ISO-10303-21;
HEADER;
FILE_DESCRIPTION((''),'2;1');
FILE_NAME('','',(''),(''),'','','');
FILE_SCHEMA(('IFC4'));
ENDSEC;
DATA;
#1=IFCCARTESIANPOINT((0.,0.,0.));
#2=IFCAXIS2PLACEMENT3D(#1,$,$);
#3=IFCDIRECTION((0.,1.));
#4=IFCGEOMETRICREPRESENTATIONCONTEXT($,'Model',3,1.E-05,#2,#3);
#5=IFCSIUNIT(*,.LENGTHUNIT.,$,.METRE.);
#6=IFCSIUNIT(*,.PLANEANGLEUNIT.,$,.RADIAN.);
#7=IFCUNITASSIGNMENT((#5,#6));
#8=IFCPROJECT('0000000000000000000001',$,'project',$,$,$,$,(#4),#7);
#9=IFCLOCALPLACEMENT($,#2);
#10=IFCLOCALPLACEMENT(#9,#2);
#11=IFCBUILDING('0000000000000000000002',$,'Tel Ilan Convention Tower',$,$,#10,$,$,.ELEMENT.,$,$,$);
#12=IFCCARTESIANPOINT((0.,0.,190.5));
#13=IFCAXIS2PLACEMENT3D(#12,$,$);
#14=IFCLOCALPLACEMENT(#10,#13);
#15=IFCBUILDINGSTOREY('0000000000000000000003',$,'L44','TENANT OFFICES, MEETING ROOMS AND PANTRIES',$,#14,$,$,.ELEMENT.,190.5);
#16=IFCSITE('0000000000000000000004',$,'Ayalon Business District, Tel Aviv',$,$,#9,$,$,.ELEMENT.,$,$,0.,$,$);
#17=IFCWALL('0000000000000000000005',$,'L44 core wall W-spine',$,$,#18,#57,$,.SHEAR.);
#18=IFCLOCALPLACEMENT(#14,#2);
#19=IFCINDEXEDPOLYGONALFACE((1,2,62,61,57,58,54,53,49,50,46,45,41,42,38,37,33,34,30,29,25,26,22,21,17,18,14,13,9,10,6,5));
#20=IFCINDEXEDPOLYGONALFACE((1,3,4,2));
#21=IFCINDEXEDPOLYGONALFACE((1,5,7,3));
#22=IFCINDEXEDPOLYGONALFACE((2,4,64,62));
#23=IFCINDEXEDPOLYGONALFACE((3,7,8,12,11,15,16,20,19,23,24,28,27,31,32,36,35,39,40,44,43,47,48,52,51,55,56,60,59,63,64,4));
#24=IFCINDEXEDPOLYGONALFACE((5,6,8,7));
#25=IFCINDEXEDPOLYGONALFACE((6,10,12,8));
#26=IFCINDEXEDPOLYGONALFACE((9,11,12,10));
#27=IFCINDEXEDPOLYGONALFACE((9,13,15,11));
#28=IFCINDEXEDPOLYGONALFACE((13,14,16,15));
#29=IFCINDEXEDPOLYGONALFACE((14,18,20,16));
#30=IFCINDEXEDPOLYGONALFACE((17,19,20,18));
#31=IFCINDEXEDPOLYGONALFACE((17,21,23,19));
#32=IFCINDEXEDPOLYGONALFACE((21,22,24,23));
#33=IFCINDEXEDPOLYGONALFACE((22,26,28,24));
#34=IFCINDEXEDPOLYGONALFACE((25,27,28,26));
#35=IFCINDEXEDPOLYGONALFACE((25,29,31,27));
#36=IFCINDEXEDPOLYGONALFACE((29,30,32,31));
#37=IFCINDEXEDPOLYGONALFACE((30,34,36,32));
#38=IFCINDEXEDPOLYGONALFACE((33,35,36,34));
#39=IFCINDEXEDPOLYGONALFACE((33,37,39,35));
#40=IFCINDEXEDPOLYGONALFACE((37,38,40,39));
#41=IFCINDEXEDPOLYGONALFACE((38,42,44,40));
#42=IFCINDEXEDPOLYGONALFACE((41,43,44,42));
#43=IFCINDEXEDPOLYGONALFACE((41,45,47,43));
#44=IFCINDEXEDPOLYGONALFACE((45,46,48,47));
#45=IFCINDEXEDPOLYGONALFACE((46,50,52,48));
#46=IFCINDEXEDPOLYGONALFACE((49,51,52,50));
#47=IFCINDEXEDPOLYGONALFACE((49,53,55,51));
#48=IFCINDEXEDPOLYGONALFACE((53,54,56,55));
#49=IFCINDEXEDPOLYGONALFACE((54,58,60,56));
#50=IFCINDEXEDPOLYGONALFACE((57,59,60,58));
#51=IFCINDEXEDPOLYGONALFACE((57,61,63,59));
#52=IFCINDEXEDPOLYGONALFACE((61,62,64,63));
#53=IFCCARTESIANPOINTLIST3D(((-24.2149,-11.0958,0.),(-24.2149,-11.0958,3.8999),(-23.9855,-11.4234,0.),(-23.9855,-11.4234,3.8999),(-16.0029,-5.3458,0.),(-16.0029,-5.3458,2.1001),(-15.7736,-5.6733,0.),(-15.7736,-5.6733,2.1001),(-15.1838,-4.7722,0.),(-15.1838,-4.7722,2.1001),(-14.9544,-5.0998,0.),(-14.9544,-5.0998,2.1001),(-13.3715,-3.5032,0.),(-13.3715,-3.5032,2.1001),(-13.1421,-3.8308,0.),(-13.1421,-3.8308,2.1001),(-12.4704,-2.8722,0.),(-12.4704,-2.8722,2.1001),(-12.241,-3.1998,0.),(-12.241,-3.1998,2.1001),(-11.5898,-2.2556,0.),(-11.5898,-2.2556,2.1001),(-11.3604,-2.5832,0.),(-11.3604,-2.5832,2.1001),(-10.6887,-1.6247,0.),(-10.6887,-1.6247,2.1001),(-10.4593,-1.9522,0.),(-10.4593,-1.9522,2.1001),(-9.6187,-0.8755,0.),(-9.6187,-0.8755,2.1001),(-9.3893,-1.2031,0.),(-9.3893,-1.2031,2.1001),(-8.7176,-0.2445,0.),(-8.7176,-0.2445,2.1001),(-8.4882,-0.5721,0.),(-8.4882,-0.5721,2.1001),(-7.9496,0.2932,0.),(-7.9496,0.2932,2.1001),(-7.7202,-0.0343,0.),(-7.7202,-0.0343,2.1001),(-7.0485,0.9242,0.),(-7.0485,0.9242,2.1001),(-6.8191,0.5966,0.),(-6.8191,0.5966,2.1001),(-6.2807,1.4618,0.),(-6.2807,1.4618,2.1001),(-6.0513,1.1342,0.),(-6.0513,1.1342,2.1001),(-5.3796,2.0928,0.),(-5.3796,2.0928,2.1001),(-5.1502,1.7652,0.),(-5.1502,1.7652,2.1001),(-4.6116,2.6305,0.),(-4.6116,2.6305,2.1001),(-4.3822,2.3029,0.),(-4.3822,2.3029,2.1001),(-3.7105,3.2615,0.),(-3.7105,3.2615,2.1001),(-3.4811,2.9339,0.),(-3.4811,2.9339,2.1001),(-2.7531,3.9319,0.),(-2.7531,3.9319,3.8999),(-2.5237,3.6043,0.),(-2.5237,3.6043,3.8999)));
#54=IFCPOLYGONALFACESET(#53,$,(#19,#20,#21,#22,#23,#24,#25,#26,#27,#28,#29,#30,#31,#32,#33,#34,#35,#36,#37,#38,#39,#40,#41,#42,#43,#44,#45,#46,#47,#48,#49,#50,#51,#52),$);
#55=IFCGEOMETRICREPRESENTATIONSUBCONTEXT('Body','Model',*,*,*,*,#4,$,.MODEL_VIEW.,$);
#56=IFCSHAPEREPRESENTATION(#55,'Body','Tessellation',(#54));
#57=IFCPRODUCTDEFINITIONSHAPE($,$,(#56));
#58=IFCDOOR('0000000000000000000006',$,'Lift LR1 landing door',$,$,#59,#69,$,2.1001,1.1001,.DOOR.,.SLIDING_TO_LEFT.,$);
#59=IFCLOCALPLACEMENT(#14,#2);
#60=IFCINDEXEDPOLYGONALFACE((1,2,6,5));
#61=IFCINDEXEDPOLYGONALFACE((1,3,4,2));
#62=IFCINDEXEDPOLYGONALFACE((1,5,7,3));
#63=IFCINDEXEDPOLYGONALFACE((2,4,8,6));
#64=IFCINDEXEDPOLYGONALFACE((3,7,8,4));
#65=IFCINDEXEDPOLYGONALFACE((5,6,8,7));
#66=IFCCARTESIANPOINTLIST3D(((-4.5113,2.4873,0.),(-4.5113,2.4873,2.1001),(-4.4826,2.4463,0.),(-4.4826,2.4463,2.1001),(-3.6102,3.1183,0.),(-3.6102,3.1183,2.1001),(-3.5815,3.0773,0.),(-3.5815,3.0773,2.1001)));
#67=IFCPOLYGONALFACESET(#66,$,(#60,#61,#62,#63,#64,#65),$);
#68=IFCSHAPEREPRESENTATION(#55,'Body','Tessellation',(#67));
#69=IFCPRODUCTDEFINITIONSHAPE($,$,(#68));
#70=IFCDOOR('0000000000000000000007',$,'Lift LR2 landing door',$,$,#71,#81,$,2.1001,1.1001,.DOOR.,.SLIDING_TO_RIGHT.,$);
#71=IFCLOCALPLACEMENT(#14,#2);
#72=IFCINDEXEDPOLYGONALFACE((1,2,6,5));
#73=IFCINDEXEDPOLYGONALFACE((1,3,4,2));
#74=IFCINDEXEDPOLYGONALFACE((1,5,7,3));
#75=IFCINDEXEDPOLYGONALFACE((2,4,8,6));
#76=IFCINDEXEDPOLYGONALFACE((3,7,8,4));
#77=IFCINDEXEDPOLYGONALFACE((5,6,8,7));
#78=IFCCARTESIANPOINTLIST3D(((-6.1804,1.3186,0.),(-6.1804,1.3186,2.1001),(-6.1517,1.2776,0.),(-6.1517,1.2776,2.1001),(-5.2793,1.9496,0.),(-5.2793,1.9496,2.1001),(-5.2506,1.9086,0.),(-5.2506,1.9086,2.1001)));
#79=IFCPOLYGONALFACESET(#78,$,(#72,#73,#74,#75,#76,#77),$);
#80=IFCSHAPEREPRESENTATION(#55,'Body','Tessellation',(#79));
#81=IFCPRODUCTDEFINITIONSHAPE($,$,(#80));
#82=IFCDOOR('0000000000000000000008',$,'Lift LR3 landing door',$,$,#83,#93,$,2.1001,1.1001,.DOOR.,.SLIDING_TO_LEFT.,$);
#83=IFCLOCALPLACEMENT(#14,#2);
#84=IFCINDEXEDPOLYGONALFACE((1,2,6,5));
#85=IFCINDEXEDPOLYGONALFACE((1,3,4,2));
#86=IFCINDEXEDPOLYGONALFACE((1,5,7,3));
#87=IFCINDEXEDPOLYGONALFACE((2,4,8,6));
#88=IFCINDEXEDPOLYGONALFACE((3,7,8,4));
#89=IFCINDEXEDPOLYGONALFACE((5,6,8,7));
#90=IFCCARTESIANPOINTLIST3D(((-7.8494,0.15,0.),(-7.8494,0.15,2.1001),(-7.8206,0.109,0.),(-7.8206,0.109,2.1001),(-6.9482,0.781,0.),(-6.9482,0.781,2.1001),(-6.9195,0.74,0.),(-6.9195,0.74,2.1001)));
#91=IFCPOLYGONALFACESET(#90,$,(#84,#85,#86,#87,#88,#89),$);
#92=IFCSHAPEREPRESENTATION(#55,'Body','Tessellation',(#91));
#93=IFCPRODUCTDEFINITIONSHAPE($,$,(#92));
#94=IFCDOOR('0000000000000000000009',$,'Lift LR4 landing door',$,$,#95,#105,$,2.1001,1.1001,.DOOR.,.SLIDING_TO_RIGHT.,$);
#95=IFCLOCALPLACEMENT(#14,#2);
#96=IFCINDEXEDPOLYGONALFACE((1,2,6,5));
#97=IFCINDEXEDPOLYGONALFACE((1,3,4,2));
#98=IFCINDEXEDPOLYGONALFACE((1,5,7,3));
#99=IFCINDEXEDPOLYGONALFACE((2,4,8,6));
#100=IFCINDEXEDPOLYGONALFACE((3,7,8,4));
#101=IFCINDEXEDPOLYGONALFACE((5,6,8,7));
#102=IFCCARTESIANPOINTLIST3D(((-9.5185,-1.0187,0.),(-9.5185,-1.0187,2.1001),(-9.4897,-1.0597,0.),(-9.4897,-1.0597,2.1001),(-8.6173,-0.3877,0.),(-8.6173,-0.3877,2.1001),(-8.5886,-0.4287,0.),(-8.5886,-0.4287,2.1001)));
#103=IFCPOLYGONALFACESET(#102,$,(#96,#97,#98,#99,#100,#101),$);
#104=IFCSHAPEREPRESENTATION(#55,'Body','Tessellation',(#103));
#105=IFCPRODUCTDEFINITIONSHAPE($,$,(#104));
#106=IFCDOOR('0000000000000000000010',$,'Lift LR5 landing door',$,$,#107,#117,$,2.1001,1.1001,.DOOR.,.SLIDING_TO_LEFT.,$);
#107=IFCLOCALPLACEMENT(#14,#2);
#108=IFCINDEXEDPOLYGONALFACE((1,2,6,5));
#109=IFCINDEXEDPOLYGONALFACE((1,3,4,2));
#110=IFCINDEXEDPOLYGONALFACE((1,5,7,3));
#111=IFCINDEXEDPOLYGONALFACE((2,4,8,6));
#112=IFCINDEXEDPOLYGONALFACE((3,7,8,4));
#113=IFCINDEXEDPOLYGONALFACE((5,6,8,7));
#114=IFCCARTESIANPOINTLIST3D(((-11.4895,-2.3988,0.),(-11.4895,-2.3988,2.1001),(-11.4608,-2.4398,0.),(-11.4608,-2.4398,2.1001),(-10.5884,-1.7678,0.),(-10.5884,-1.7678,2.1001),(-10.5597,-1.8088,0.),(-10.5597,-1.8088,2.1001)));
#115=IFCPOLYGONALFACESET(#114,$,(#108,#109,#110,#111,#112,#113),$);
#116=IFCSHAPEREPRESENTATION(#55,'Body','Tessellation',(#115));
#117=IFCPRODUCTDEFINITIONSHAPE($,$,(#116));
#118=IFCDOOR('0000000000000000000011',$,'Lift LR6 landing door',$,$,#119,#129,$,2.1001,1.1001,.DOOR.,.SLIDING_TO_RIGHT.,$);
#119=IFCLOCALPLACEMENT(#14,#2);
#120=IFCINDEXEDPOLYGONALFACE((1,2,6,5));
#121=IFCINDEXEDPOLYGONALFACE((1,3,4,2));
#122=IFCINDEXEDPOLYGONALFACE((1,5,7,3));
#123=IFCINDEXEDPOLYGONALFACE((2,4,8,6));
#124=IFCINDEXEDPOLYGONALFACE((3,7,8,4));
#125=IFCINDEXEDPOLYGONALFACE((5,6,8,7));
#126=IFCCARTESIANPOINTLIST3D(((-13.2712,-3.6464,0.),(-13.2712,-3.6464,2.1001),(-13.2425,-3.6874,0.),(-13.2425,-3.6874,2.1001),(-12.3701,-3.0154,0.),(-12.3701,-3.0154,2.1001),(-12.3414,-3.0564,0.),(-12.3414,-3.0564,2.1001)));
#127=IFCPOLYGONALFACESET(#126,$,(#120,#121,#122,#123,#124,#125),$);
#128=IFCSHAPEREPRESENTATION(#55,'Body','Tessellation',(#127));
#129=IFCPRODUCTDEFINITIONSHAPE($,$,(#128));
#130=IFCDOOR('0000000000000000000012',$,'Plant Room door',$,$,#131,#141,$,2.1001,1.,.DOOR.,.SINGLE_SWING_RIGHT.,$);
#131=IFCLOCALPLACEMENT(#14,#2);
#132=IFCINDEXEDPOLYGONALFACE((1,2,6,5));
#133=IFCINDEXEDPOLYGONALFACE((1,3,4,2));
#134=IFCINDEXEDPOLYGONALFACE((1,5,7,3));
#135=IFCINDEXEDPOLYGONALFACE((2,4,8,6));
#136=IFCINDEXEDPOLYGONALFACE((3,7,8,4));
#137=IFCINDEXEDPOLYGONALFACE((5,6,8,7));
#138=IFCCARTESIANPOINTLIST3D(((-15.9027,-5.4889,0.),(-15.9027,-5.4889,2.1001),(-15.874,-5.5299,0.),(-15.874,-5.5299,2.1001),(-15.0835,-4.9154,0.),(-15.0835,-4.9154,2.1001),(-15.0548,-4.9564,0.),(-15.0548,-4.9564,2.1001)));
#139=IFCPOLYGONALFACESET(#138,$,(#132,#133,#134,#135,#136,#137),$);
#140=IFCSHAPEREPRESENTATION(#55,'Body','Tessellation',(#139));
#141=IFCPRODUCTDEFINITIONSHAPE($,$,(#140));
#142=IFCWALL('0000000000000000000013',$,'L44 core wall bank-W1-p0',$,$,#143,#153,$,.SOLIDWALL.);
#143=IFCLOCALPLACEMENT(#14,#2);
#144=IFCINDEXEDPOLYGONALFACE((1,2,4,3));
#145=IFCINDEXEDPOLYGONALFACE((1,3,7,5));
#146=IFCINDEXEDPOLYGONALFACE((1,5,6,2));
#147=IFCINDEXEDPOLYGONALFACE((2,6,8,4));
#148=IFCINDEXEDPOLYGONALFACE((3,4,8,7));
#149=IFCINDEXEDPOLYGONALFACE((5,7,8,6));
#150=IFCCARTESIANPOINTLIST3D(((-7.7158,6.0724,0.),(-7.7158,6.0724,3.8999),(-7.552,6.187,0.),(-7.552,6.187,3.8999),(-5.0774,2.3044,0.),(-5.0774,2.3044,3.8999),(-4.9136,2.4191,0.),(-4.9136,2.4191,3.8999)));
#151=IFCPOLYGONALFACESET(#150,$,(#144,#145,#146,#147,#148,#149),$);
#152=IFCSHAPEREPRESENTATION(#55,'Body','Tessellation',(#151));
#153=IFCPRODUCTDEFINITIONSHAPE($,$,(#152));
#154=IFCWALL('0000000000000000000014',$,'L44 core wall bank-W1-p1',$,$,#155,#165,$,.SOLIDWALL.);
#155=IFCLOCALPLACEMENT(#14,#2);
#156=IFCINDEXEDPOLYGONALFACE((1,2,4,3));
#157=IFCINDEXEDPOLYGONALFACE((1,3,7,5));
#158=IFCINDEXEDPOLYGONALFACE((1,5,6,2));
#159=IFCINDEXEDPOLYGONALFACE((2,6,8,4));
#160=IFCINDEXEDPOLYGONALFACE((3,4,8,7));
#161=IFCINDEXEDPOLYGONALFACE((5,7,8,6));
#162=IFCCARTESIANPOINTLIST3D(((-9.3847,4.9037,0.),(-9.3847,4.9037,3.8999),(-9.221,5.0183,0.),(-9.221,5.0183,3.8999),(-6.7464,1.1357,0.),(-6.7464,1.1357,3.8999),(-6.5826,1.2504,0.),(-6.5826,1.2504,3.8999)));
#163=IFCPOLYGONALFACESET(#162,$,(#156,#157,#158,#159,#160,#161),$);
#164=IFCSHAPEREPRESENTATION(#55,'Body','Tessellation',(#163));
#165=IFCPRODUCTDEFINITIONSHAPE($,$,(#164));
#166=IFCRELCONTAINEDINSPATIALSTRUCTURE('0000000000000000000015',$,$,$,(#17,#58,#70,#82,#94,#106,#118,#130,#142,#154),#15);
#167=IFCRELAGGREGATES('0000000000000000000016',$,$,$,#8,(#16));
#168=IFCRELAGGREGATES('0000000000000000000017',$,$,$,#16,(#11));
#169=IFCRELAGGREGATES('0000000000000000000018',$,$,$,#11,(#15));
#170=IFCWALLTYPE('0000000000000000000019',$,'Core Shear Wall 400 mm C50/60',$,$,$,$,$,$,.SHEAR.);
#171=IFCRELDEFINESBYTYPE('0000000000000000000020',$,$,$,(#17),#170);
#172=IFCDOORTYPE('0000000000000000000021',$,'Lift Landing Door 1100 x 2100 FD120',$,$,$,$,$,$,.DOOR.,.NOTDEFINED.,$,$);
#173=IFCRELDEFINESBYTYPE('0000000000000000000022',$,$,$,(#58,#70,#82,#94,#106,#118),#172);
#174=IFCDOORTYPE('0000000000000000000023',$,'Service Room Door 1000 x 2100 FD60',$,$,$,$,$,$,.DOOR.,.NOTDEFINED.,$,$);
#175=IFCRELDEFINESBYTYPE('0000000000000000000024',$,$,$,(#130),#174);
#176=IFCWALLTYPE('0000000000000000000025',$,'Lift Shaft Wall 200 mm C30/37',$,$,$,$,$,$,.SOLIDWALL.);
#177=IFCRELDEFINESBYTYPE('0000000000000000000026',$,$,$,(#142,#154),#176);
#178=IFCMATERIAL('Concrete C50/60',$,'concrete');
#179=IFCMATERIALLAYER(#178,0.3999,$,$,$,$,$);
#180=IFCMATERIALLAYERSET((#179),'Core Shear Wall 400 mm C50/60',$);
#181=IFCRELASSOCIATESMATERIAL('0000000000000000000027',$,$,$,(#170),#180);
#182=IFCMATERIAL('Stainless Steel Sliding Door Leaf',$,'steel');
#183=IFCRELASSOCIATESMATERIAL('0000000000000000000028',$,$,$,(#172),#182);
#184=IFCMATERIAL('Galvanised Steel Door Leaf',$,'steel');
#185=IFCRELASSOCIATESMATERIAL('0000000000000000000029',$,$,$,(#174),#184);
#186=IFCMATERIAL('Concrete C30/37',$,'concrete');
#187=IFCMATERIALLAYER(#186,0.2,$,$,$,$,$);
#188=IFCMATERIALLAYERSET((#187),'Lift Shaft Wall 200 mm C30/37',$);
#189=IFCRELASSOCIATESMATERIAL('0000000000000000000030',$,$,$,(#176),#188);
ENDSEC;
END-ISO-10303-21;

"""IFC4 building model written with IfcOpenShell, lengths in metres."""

from ifc_helpers import new_model, si_unit, direction, frame, frame_2d, origin, place, context, subcontext, project, spatial, polyline, rectangle, outline, extrude, material, layer, layer_set, type_object, element, fill, save


model = new_model("IFC4")

# Units and contexts
model_context = context("Model", 3, precision=1e-05, world=origin(), true_north=direction((0.0, 1.0)))
body_context = subcontext(model_context, "Body", "Model", "MODEL_VIEW")
ifc_project = project(units=[si_unit("LENGTHUNIT", "METRE"), si_unit("PLANEANGLEUNIT", "RADIAN")], contexts=[model_context])

# Site, building, storey
site_placement = place(None, origin())
site = spatial("IfcSite", under=ifc_project, at=site_placement, Name="Ayalon Business District, Tel Aviv", CompositionType="ELEMENT", RefElevation=0.0)
building_placement = place(site_placement, origin())
building = spatial("IfcBuilding", under=site, at=building_placement, Name="Tel Ilan Convention Tower", CompositionType="ELEMENT")
storey_placement = place(building_placement, frame((0.0, 0.0, 190.5)))
storey = spatial("IfcBuildingStorey", under=building, at=storey_placement, Name="L44", Description="TENANT OFFICES, MEETING ROOMS AND PANTRIES", CompositionType="ELEMENT", Elevation=190.5)

# Wall, openings, doors
ifc_material_1 = material(Name="Concrete C50/60", Category="concrete")
ifc_layer_1 = layer(ifc_material_1, 0.3999)
ifc_layer_set_1 = layer_set([ifc_layer_1], Name="Core Shear Wall 400 mm C50/60")
wall_type_1 = type_object("IfcWallType", Name="Core Shear Wall 400 mm C50/60", PredefinedType="SHEAR", material=ifc_layer_set_1)
wall_1_placement = place(storey_placement, frame((-2.6384, 3.7681, 0.0), z_axis=(0.0, 0.0, 1.0), x_axis=(-0.819153, -0.573576, 0.0)))
wall_1 = element("IfcWall", 1, at=wall_1_placement, inside=storey, type_object=wall_type_1, Name="L44 core wall W-spine", PredefinedType="SHEAR", context=body_context, shape_type="SweptSolid", body=[
    extrude(outline(polyline([(26.2, 0.2), (0.0, 0.2), (0.0, -0.2), (26.2, -0.2), (26.2, 0.2)])), origin(), (0.0, 0.0, 1.0), 3.8999),
])
opening_1_placement = place(wall_1_placement, frame((1.1687, 0.0, 0.0)))
opening_1 = element("IfcOpeningElement", 2, at=opening_1_placement, cuts=wall_1, PredefinedType="OPENING", context=body_context, shape_type="SweptSolid", body=[
    extrude(rectangle(XDim=1.1001, YDim=2.1001, at=frame_2d((0.55, 1.05))), frame((0.0, 0.21, 0.0), z_axis=(0.0, -1.0, 0.0), x_axis=(1.0, 0.0, 0.0)), (0.0, 0.0, 1.0), 0.4199),
])
opening_2_placement = place(wall_1_placement, frame((3.2063, 0.0, 0.0)))
opening_2 = element("IfcOpeningElement", 3, at=opening_2_placement, cuts=wall_1, PredefinedType="OPENING", context=body_context, shape_type="SweptSolid", body=[
    extrude(rectangle(XDim=1.1001, YDim=2.1001, at=frame_2d((0.55, 1.05))), frame((0.0, 0.21, 0.0), z_axis=(0.0, -1.0, 0.0), x_axis=(1.0, 0.0, 0.0)), (0.0, 0.0, 1.0), 0.4199),
])
opening_3_placement = place(wall_1_placement, frame((5.2437, 0.0, 0.0)))
opening_3 = element("IfcOpeningElement", 4, at=opening_3_placement, cuts=wall_1, PredefinedType="OPENING", context=body_context, shape_type="SweptSolid", body=[
    extrude(rectangle(XDim=1.1001, YDim=2.1001, at=frame_2d((0.55, 1.05))), frame((0.0, 0.21, 0.0), z_axis=(0.0, -1.0, 0.0), x_axis=(1.0, 0.0, 0.0)), (0.0, 0.0, 1.0), 0.4199),
])
opening_4_placement = place(wall_1_placement, frame((7.2812, 0.0, 0.0)))
opening_4 = element("IfcOpeningElement", 5, at=opening_4_placement, cuts=wall_1, PredefinedType="OPENING", context=body_context, shape_type="SweptSolid", body=[
    extrude(rectangle(XDim=1.1001, YDim=2.1001, at=frame_2d((0.55, 1.05))), frame((0.0, 0.21, 0.0), z_axis=(0.0, -1.0, 0.0), x_axis=(1.0, 0.0, 0.0)), (0.0, 0.0, 1.0), 0.4199),
])
opening_5_placement = place(wall_1_placement, frame((9.6875, 0.0, 0.0)))
opening_5 = element("IfcOpeningElement", 6, at=opening_5_placement, cuts=wall_1, PredefinedType="OPENING", context=body_context, shape_type="SweptSolid", body=[
    extrude(rectangle(XDim=1.1001, YDim=2.1001, at=frame_2d((0.55, 1.05))), frame((0.0, 0.21, 0.0), z_axis=(0.0, -1.0, 0.0), x_axis=(1.0, 0.0, 0.0)), (0.0, 0.0, 1.0), 0.4199),
])
opening_6_placement = place(wall_1_placement, frame((11.8625, 0.0, 0.0)))
opening_6 = element("IfcOpeningElement", 7, at=opening_6_placement, cuts=wall_1, PredefinedType="OPENING", context=body_context, shape_type="SweptSolid", body=[
    extrude(rectangle(XDim=1.1001, YDim=2.1001, at=frame_2d((0.55, 1.05))), frame((0.0, 0.21, 0.0), z_axis=(0.0, -1.0, 0.0), x_axis=(1.0, 0.0, 0.0)), (0.0, 0.0, 1.0), 0.4199),
])
opening_7_placement = place(wall_1_placement, frame((15.175, 0.0, 0.0)))
opening_7 = element("IfcOpeningElement", 8, at=opening_7_placement, cuts=wall_1, PredefinedType="OPENING", context=body_context, shape_type="SweptSolid", body=[
    extrude(rectangle(XDim=1.0, YDim=2.1001, at=frame_2d((0.5, 1.05))), frame((0.0, 0.21, 0.0), z_axis=(0.0, -1.0, 0.0), x_axis=(1.0, 0.0, 0.0)), (0.0, 0.0, 1.0), 0.4199),
])
ifc_material_2 = material(Name="Stainless Steel Sliding Door Leaf", Category="steel")
door_type_1 = type_object("IfcDoorType", Name="Lift Landing Door 1100 x 2100 FD120", OperationType="NOTDEFINED", PredefinedType="DOOR", material=ifc_material_2)
door_1_placement = place(opening_1_placement, origin())
door_1 = element("IfcDoor", 9, at=door_1_placement, inside=storey, type_object=door_type_1, Name="Lift LR1 landing door", OperationType="SLIDING_TO_LEFT", OverallHeight=2.1001, OverallWidth=1.1001, PredefinedType="DOOR", context=body_context, shape_type="SweptSolid", body=[
    extrude(rectangle(XDim=1.1001, YDim=2.1001, at=frame_2d((0.55, 1.05))), frame((0.0, 0.0249, 0.0), z_axis=(0.0, -1.0, 0.0), x_axis=(1.0, 0.0, 0.0)), (0.0, 0.0, 1.0), 0.05),
])
fill(opening_1, door_1)
door_2_placement = place(opening_2_placement, origin())
door_2 = element("IfcDoor", 10, at=door_2_placement, inside=storey, type_object=door_type_1, Name="Lift LR2 landing door", OperationType="SLIDING_TO_RIGHT", OverallHeight=2.1001, OverallWidth=1.1001, PredefinedType="DOOR", context=body_context, shape_type="SweptSolid", body=[
    extrude(rectangle(XDim=1.1001, YDim=2.1001, at=frame_2d((0.55, 1.05))), frame((0.0, 0.0249, 0.0), z_axis=(0.0, -1.0, 0.0), x_axis=(1.0, 0.0, 0.0)), (0.0, 0.0, 1.0), 0.05),
])
fill(opening_2, door_2)
door_3_placement = place(opening_3_placement, origin())
door_3 = element("IfcDoor", 11, at=door_3_placement, inside=storey, type_object=door_type_1, Name="Lift LR3 landing door", OperationType="SLIDING_TO_LEFT", OverallHeight=2.1001, OverallWidth=1.1001, PredefinedType="DOOR", context=body_context, shape_type="SweptSolid", body=[
    extrude(rectangle(XDim=1.1001, YDim=2.1001, at=frame_2d((0.55, 1.05))), frame((0.0, 0.0249, 0.0), z_axis=(0.0, -1.0, 0.0), x_axis=(1.0, 0.0, 0.0)), (0.0, 0.0, 1.0), 0.05),
])
fill(opening_3, door_3)
door_4_placement = place(opening_4_placement, origin())
door_4 = element("IfcDoor", 12, at=door_4_placement, inside=storey, type_object=door_type_1, Name="Lift LR4 landing door", OperationType="SLIDING_TO_RIGHT", OverallHeight=2.1001, OverallWidth=1.1001, PredefinedType="DOOR", context=body_context, shape_type="SweptSolid", body=[
    extrude(rectangle(XDim=1.1001, YDim=2.1001, at=frame_2d((0.55, 1.05))), frame((0.0, 0.0249, 0.0), z_axis=(0.0, -1.0, 0.0), x_axis=(1.0, 0.0, 0.0)), (0.0, 0.0, 1.0), 0.05),
])
fill(opening_4, door_4)
door_5_placement = place(opening_5_placement, origin())
door_5 = element("IfcDoor", 13, at=door_5_placement, inside=storey, type_object=door_type_1, Name="Lift LR5 landing door", OperationType="SLIDING_TO_LEFT", OverallHeight=2.1001, OverallWidth=1.1001, PredefinedType="DOOR", context=body_context, shape_type="SweptSolid", body=[
    extrude(rectangle(XDim=1.1001, YDim=2.1001, at=frame_2d((0.55, 1.05))), frame((0.0, 0.0249, 0.0), z_axis=(0.0, -1.0, 0.0), x_axis=(1.0, 0.0, 0.0)), (0.0, 0.0, 1.0), 0.05),
])
fill(opening_5, door_5)
door_6_placement = place(opening_6_placement, origin())
door_6 = element("IfcDoor", 14, at=door_6_placement, inside=storey, type_object=door_type_1, Name="Lift LR6 landing door", OperationType="SLIDING_TO_RIGHT", OverallHeight=2.1001, OverallWidth=1.1001, PredefinedType="DOOR", context=body_context, shape_type="SweptSolid", body=[
    extrude(rectangle(XDim=1.1001, YDim=2.1001, at=frame_2d((0.55, 1.05))), frame((0.0, 0.0249, 0.0), z_axis=(0.0, -1.0, 0.0), x_axis=(1.0, 0.0, 0.0)), (0.0, 0.0, 1.0), 0.05),
])
fill(opening_6, door_6)
ifc_material_3 = material(Name="Galvanised Steel Door Leaf", Category="steel")
door_type_2 = type_object("IfcDoorType", Name="Service Room Door 1000 x 2100 FD60", OperationType="NOTDEFINED", PredefinedType="DOOR", material=ifc_material_3)
door_7_placement = place(opening_7_placement, origin())
door_7 = element("IfcDoor", 15, at=door_7_placement, inside=storey, type_object=door_type_2, Name="Plant Room door", OperationType="SINGLE_SWING_RIGHT", OverallHeight=2.1001, OverallWidth=1.0, PredefinedType="DOOR", context=body_context, shape_type="SweptSolid", body=[
    extrude(rectangle(XDim=1.0, YDim=2.1001, at=frame_2d((0.5, 1.05))), frame((0.0, 0.0249, 0.0), z_axis=(0.0, -1.0, 0.0), x_axis=(1.0, 0.0, 0.0)), (0.0, 0.0, 1.0), 0.05),
])
fill(opening_7, door_7)

# Walls
ifc_material_4 = material(Name="Concrete C30/37", Category="concrete")
ifc_layer_2 = layer(ifc_material_4, 0.2)
ifc_layer_set_2 = layer_set([ifc_layer_2], Name="Lift Shaft Wall 200 mm C30/37")
wall_type_2 = type_object("IfcWallType", Name="Lift Shaft Wall 200 mm C30/37", PredefinedType="SOLIDWALL", material=ifc_layer_set_2)
for number, where, z_axis, x_axis, name in (
    (16, (-4.9956, 2.3618, 0.0), (0.0, 0.0, 1.0), (-0.573576, 0.819152, 0.0), "L44 core wall bank-W1-p0"),
    (17, (-6.6646, 1.1931, 0.0), (0.0, 0.0, 1.0), (-0.573576, 0.819152, 0.0), "L44 core wall bank-W1-p1"),
):
    element("IfcWall", number, at=place(storey_placement, frame(where, z_axis=z_axis, x_axis=x_axis)), inside=storey, type_object=wall_type_2, Name=name, PredefinedType="SOLIDWALL", context=body_context, shape_type="SweptSolid", body=[
        extrude(rectangle(XDim=4.5999, YDim=0.2, at=frame_2d((2.2998, 0.0))), origin(), (0.0, 0.0, 1.0), 3.8999),
    ])

save(model, "model.ifc")
